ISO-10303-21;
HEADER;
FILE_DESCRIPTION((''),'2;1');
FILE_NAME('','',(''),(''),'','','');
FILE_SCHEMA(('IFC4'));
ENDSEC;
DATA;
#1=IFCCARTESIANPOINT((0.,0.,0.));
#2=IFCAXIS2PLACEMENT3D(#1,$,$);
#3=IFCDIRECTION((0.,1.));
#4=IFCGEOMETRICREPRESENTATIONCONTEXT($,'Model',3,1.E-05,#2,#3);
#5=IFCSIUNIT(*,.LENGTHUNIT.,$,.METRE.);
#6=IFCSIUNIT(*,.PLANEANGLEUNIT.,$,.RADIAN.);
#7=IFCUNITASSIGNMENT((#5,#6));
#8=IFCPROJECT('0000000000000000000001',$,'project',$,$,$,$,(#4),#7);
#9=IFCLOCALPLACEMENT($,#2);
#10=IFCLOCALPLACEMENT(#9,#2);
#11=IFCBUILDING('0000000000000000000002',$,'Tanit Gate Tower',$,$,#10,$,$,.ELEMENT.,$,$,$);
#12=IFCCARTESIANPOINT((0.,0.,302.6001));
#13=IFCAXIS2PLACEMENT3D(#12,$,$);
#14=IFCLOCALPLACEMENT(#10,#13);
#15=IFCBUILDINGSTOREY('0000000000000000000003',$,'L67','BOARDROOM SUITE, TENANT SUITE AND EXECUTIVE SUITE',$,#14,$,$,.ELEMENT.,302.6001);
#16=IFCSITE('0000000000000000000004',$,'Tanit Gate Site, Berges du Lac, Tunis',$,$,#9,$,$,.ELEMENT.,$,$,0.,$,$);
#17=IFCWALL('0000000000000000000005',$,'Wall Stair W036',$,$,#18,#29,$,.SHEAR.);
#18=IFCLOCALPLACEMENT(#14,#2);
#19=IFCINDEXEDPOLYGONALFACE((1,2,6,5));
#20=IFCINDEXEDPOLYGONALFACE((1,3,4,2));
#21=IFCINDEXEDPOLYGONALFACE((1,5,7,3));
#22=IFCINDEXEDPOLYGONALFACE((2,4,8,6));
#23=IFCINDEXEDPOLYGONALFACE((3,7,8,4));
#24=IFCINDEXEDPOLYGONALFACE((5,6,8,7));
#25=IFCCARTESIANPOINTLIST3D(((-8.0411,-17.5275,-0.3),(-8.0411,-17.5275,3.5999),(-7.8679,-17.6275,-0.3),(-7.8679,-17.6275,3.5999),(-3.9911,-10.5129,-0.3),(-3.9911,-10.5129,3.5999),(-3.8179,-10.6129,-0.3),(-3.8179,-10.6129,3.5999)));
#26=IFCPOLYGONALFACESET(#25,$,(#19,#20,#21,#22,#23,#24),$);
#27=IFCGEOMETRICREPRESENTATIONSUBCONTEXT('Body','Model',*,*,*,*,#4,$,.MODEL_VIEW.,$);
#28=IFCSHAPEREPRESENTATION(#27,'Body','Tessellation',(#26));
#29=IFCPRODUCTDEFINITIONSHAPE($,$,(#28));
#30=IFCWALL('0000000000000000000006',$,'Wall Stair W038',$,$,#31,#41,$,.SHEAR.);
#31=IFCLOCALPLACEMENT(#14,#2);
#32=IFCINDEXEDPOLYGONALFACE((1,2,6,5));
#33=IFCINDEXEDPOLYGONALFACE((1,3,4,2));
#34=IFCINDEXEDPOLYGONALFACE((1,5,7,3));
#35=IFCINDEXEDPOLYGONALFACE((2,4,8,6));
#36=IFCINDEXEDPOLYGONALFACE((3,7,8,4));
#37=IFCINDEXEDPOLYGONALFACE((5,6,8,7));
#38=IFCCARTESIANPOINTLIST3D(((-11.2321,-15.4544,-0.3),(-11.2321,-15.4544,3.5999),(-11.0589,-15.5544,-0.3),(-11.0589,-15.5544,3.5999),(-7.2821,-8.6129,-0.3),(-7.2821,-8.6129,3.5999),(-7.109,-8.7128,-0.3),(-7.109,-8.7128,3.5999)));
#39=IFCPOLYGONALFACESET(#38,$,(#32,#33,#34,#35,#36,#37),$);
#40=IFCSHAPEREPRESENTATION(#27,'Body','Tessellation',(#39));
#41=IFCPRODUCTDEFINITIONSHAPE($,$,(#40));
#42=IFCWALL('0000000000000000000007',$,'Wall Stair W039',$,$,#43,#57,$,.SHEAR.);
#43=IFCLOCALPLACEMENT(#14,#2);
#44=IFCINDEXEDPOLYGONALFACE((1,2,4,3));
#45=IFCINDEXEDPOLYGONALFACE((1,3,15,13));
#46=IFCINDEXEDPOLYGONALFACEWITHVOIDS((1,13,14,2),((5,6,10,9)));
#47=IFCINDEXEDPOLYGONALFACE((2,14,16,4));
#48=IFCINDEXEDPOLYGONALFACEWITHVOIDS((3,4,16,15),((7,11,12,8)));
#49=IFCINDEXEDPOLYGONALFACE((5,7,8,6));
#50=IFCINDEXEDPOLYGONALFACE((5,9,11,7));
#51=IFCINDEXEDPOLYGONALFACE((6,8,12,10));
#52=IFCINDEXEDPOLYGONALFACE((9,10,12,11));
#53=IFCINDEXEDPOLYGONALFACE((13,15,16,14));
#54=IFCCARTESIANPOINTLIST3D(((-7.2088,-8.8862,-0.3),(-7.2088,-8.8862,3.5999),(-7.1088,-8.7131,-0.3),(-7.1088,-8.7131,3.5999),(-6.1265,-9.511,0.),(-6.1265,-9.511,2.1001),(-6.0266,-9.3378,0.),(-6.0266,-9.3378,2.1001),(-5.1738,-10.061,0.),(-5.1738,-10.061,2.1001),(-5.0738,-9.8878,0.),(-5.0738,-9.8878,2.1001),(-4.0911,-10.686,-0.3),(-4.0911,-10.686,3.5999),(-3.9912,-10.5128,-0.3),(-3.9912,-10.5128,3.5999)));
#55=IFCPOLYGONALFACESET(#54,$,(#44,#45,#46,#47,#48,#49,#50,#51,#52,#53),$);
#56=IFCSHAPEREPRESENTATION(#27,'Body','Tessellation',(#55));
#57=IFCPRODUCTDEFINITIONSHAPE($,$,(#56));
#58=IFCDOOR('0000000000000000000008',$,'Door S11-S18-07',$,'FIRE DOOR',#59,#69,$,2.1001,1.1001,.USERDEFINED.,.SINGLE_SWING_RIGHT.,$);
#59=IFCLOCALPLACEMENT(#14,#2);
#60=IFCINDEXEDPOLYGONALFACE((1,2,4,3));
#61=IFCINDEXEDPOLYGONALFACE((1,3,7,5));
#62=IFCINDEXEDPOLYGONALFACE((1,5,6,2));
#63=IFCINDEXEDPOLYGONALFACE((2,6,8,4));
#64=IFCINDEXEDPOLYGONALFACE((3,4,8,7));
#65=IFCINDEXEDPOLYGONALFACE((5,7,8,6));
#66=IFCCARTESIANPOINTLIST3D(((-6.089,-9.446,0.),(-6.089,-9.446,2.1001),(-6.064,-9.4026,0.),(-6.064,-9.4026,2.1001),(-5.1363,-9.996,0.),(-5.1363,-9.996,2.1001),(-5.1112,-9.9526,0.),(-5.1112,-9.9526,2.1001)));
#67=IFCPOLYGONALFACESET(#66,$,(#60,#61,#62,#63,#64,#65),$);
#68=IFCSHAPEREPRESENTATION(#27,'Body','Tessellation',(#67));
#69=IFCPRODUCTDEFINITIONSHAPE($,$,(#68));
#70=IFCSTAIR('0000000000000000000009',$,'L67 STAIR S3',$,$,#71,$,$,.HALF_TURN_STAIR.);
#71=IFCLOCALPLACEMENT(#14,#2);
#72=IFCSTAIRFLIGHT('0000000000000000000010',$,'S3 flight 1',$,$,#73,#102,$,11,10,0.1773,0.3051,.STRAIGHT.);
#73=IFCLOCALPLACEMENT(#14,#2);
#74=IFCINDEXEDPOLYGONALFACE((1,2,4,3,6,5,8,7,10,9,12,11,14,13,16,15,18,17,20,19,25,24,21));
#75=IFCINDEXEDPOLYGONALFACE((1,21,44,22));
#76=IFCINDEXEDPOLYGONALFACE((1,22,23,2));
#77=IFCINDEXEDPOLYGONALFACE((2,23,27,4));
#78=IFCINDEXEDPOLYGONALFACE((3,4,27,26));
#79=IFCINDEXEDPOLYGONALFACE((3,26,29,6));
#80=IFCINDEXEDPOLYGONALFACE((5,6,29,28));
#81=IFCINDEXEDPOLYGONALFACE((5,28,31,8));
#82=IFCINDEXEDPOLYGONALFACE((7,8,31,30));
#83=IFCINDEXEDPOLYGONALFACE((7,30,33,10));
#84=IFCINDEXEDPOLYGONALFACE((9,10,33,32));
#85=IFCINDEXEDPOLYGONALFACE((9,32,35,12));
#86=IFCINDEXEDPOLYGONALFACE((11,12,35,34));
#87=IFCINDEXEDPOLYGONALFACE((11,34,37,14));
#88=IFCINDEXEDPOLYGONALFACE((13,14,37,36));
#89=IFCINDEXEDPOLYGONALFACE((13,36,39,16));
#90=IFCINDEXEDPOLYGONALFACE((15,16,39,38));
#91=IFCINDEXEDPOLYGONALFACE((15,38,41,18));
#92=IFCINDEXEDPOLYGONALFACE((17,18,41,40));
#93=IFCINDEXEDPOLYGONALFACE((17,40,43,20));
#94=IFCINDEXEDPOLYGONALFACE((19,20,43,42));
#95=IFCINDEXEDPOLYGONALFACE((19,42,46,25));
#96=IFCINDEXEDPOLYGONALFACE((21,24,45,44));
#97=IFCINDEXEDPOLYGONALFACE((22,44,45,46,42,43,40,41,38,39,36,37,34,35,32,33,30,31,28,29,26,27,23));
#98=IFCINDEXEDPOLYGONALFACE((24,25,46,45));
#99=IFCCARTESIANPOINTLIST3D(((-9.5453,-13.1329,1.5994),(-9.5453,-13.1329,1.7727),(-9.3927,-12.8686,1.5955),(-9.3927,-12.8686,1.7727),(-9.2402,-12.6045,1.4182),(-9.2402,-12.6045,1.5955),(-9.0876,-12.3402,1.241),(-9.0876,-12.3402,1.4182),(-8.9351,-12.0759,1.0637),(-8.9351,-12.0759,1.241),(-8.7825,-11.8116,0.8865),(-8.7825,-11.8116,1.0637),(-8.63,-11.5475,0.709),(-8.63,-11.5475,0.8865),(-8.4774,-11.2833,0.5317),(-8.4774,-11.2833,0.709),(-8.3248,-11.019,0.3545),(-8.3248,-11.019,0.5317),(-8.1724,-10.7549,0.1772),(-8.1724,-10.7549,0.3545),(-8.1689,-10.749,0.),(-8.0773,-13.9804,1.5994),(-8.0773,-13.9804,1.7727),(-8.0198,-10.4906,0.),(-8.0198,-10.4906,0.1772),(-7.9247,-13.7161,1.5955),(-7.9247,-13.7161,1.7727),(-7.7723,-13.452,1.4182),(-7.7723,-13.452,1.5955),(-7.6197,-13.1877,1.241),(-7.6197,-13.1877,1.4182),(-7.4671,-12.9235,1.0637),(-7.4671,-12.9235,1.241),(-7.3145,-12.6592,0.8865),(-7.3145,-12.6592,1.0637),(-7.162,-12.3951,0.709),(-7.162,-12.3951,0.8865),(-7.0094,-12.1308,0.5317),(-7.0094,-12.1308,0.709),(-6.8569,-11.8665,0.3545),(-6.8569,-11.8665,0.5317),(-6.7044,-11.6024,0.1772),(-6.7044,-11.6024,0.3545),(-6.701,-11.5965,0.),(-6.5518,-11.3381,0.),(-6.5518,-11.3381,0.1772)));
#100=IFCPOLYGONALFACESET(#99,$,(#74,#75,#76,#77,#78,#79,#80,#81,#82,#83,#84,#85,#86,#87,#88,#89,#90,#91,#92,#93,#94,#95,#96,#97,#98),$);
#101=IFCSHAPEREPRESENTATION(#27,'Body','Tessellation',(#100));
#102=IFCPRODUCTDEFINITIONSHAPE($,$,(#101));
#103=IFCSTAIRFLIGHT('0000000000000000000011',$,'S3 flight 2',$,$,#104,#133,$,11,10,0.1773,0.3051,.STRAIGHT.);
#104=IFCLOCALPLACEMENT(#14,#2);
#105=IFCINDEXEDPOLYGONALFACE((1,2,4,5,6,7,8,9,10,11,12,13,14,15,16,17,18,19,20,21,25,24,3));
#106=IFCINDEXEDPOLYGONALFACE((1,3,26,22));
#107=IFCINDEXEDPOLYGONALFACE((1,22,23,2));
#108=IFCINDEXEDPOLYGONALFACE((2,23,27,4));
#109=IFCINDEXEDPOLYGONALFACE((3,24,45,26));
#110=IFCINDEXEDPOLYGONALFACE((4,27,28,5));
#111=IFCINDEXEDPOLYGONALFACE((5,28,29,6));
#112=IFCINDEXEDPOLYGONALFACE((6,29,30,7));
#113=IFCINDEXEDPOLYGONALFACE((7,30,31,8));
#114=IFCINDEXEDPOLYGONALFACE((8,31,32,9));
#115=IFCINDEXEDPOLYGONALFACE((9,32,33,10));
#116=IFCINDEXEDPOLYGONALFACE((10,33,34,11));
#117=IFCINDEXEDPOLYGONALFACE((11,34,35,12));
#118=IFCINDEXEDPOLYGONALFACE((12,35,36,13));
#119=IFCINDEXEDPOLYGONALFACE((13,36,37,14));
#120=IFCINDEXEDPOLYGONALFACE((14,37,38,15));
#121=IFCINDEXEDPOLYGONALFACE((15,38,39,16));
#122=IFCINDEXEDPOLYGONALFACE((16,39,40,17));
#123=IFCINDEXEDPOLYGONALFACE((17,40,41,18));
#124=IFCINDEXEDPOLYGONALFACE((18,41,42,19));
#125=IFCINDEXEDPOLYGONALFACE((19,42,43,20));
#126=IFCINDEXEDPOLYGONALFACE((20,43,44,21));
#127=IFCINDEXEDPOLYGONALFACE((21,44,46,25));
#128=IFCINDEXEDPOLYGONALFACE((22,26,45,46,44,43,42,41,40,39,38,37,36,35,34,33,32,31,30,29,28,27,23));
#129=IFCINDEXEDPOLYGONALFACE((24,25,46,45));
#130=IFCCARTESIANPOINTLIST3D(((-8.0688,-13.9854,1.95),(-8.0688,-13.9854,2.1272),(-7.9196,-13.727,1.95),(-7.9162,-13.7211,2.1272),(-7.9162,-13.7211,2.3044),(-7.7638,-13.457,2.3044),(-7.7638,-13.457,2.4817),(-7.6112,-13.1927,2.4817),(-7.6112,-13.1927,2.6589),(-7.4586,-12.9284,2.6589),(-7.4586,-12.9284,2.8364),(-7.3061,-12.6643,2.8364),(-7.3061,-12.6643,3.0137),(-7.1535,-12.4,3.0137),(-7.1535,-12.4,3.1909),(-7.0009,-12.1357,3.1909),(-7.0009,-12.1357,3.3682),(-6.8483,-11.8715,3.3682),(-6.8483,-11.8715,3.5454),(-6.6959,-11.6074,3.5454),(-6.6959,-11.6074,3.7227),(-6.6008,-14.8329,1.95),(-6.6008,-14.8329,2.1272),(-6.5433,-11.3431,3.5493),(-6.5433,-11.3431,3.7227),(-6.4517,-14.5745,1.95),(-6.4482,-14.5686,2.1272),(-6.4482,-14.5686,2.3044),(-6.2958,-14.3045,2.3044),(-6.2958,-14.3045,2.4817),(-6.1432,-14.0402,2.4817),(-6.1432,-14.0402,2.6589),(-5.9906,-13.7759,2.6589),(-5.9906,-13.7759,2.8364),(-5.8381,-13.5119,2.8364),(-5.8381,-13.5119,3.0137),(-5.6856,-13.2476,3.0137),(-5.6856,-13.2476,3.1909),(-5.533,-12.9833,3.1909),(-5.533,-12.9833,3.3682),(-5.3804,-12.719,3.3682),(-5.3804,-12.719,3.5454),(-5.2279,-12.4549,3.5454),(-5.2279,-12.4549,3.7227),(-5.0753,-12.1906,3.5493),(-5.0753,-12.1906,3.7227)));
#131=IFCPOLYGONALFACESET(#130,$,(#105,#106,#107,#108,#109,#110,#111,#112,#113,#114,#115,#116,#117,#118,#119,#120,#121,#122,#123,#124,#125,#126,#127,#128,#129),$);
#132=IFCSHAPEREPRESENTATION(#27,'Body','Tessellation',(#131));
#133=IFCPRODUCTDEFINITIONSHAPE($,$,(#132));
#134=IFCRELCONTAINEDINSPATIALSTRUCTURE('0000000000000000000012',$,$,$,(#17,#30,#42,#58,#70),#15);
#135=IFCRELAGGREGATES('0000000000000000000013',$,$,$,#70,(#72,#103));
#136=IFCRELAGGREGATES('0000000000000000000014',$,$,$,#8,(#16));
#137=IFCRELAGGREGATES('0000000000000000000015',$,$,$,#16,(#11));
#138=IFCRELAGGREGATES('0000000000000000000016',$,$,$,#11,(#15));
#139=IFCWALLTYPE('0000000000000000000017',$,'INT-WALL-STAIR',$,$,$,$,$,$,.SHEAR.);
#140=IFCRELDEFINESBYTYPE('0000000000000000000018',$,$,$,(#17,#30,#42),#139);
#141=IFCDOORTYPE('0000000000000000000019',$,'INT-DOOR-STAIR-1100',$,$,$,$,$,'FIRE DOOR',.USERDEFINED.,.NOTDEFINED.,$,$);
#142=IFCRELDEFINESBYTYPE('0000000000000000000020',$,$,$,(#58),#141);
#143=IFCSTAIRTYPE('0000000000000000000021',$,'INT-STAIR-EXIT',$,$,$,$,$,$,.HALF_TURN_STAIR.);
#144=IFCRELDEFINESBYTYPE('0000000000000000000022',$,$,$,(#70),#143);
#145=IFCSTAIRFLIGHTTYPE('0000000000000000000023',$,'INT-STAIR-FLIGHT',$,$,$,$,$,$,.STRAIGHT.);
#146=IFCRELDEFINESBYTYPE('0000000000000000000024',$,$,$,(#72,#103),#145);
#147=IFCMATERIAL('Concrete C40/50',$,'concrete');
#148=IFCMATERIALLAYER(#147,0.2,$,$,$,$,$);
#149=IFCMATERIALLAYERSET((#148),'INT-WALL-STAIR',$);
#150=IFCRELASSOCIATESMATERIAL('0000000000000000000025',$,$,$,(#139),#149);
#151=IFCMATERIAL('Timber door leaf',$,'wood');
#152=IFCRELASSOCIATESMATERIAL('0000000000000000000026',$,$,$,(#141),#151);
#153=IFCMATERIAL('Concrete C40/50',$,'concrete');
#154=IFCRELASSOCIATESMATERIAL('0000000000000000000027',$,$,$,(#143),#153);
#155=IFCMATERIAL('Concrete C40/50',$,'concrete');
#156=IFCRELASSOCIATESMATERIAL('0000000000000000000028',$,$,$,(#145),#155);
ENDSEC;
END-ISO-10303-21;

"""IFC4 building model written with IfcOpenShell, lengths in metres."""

from ifc_helpers import new_model, si_unit, direction, frame, frame_2d, origin, place, context, subcontext, project, spatial, polyline, rectangle, outline, extrude, material, layer, layer_set, type_object, element, fill, aggregate, save


model = new_model("IFC4")

# Units and contexts
model_context = context("Model", 3, precision=1e-05, world=origin(), true_north=direction((0.0, 1.0)))
body_context = subcontext(model_context, "Body", "Model", "MODEL_VIEW")
ifc_project = project(units=[si_unit("LENGTHUNIT", "METRE"), si_unit("PLANEANGLEUNIT", "RADIAN")], contexts=[model_context])

# Site, building, storey
site_placement = place(None, origin())
site = spatial("IfcSite", under=ifc_project, at=site_placement, Name="Tanit Gate Site, Berges du Lac, Tunis", CompositionType="ELEMENT", RefElevation=0.0)
building_placement = place(site_placement, origin())
building = spatial("IfcBuilding", under=site, at=building_placement, Name="Tanit Gate Tower", CompositionType="ELEMENT")
storey_placement = place(building_placement, frame((0.0, 0.0, 302.6001)))
storey = spatial("IfcBuildingStorey", under=building, at=storey_placement, Name="L67", Description="BOARDROOM SUITE, TENANT SUITE AND EXECUTIVE SUITE", CompositionType="ELEMENT", Elevation=302.6001)

# Walls
ifc_material_1 = material(Name="Concrete C40/50", Category="concrete")
ifc_layer_1 = layer(ifc_material_1, 0.2)
ifc_layer_set_1 = layer_set([ifc_layer_1], Name="INT-WALL-STAIR")
wall_type_1 = type_object("IfcWallType", Name="INT-WALL-STAIR", PredefinedType="SHEAR", material=ifc_layer_set_1)
wall_1_placement = place(storey_placement, frame((-3.9045, -10.563, -0.3), z_axis=(0.0, 0.0, 1.0), x_axis=(-0.500013, -0.866018, 0.0)))
element("IfcWall", 1, at=wall_1_placement, inside=storey, type_object=wall_type_1, Name="Wall Stair W036", PredefinedType="SHEAR", context=body_context, shape_type="SweptSolid", body=[
    extrude(rectangle(XDim=8.0999, YDim=0.2, at=frame_2d((4.0498, 0.0))), origin(), (0.0, 0.0, 1.0), 3.8999),
])
wall_2_placement = place(storey_placement, frame((-7.1956, -8.6628, -0.3), z_axis=(0.0, 0.0, 1.0), x_axis=(-0.499998, -0.866027, 0.0)))
element("IfcWall", 2, at=wall_2_placement, inside=storey, type_object=wall_type_1, Name="Wall Stair W038", PredefinedType="SHEAR", context=body_context, shape_type="SweptSolid", body=[
    extrude(rectangle(XDim=7.8999, YDim=0.2, at=frame_2d((3.95, 0.0))), origin(), (0.0, 0.0, 1.0), 3.8999),
])

# Wall, opening, door
wall_3_placement = place(storey_placement, frame((-4.0413, -10.5994, -0.3), z_axis=(0.0, 0.0, 1.0), x_axis=(-0.866048, 0.499961, 0.0)))
wall_3 = element("IfcWall", 3, at=wall_3_placement, inside=storey, type_object=wall_type_1, Name="Wall Stair W039", PredefinedType="SHEAR", context=body_context, shape_type="SweptSolid", body=[
    extrude(rectangle(XDim=3.5999, YDim=0.2, at=frame_2d((1.7998, 0.0))), origin(), (0.0, 0.0, 1.0), 3.8999),
])
opening_1_placement = place(wall_3_placement, frame((1.25, 0.0, 0.3)))
opening_1 = element("IfcOpeningElement", 4, at=opening_1_placement, cuts=wall_3, PredefinedType="OPENING", context=body_context, shape_type="SweptSolid", body=[
    extrude(rectangle(XDim=1.1001, YDim=2.1001, at=frame_2d((0.55, 1.05))), frame((0.0, 0.1099, 0.0), z_axis=(0.0, -1.0, 0.0), x_axis=(1.0, 0.0, 0.0)), (0.0, 0.0, 1.0), 0.22),
])
ifc_material_2 = material(Name="Timber door leaf", Category="wood")
door_type_1 = type_object("IfcDoorType", Name="INT-DOOR-STAIR-1100", ElementType="FIRE DOOR", OperationType="NOTDEFINED", PredefinedType="USERDEFINED", material=ifc_material_2)
door_1_placement = place(opening_1_placement, origin())
door_1 = element("IfcDoor", 5, at=door_1_placement, inside=storey, type_object=door_type_1, Name="Door S11-S18-07", ObjectType="FIRE DOOR", OperationType="SINGLE_SWING_RIGHT", OverallHeight=2.1001, OverallWidth=1.1001, PredefinedType="USERDEFINED", context=body_context, shape_type="SweptSolid", body=[
    extrude(rectangle(XDim=1.1001, YDim=2.1001, at=frame_2d((0.55, 1.05))), frame((0.0, 0.0249, 0.0), z_axis=(0.0, -1.0, 0.0), x_axis=(1.0, 0.0, 0.0)), (0.0, 0.0, 1.0), 0.05),
])
fill(opening_1, door_1)

# Stair, stair flights
ifc_material_3 = material(Name="Concrete C40/50", Category="concrete")
stair_type = type_object("IfcStairType", Name="INT-STAIR-EXIT", PredefinedType="HALF_TURN_STAIR", material=ifc_material_3)
stair_placement = place(storey_placement, origin())
stair = element("IfcStair", 6, at=stair_placement, inside=storey, type_object=stair_type, Name="L67 STAIR S3", PredefinedType="HALF_TURN_STAIR")
ifc_material_4 = material(Name="Concrete C40/50", Category="concrete")
stair_flight_type = type_object("IfcStairFlightType", Name="INT-STAIR-FLIGHT", PredefinedType="STRAIGHT", material=ifc_material_4)
stair_flight_1_placement = place(storey_placement, frame((-7.2859, -10.9143, 0.0), z_axis=(0.0, 0.0, 1.0), x_axis=(-0.5, -0.866025, 0.0)))
stair_flight_1 = element("IfcStairFlight", 7, at=stair_flight_1_placement, type_object=stair_flight_type, Name="S3 flight 1", NumberOfRisers=11, NumberOfTreads=10, PredefinedType="STRAIGHT", RiserHeight=0.1773, TreadLength=0.3051, context=body_context, shape_type="SweptSolid", body=[
    extrude(outline(polyline([(0.0, 0.0), (0.0, 0.1772), (0.3052, 0.1772), (0.3052, 0.3545), (0.6101, 0.3545), (0.6101, 0.5317), (0.9153, 0.5317), (0.9153, 0.709), (1.2205, 0.709), (1.2205, 0.8865), (1.5254, 0.8865), (1.5254, 1.0637), (1.8306, 1.0637), (1.8306, 1.241), (2.1357, 1.241), (2.1357, 1.4182), (2.4409, 1.4182), (2.4409, 1.5955), (2.7458, 1.5955), (2.7458, 1.7727), (3.051, 1.7727), (3.051, 1.95), (3.051, 1.5994), (0.2983, 0.0), (0.0, 0.0)])), frame((0.0, 0.8477, 0.0), z_axis=(0.0, -1.0, 0.0), x_axis=(1.0, 0.0, 0.0)), (0.0, 0.0, 1.0), 1.6951),
])
stair_flight_2_placement = place(storey_placement, frame((-7.3347, -14.4092, 1.95), z_axis=(0.0, 0.0, 1.0), x_axis=(0.5, 0.866025, 0.0)))
stair_flight_2 = element("IfcStairFlight", 8, at=stair_flight_2_placement, type_object=stair_flight_type, Name="S3 flight 2", NumberOfRisers=11, NumberOfTreads=10, PredefinedType="STRAIGHT", RiserHeight=0.1773, TreadLength=0.3051, context=body_context, shape_type="SweptSolid", body=[
    extrude(outline(polyline([(0.0, 0.0), (0.0, 0.1772), (0.3052, 0.1772), (0.3052, 0.3545), (0.6101, 0.3545), (0.6101, 0.5317), (0.9153, 0.5317), (0.9153, 0.709), (1.2205, 0.709), (1.2205, 0.8865), (1.5254, 0.8865), (1.5254, 1.0637), (1.8306, 1.0637), (1.8306, 1.241), (2.1357, 1.241), (2.1357, 1.4182), (2.4409, 1.4182), (2.4409, 1.5955), (2.7458, 1.5955), (2.7458, 1.7727), (3.051, 1.7727), (3.051, 1.95), (3.051, 1.5994), (0.2983, 0.0), (0.0, 0.0)])), frame((0.0, 0.8477, 0.0), z_axis=(0.0, -1.0, 0.0), x_axis=(1.0, 0.0, 0.0)), (0.0, 0.0, 1.0), 1.6951),
])
aggregate(stair, [stair_flight_1, stair_flight_2])

save(model, "model.ifc")
